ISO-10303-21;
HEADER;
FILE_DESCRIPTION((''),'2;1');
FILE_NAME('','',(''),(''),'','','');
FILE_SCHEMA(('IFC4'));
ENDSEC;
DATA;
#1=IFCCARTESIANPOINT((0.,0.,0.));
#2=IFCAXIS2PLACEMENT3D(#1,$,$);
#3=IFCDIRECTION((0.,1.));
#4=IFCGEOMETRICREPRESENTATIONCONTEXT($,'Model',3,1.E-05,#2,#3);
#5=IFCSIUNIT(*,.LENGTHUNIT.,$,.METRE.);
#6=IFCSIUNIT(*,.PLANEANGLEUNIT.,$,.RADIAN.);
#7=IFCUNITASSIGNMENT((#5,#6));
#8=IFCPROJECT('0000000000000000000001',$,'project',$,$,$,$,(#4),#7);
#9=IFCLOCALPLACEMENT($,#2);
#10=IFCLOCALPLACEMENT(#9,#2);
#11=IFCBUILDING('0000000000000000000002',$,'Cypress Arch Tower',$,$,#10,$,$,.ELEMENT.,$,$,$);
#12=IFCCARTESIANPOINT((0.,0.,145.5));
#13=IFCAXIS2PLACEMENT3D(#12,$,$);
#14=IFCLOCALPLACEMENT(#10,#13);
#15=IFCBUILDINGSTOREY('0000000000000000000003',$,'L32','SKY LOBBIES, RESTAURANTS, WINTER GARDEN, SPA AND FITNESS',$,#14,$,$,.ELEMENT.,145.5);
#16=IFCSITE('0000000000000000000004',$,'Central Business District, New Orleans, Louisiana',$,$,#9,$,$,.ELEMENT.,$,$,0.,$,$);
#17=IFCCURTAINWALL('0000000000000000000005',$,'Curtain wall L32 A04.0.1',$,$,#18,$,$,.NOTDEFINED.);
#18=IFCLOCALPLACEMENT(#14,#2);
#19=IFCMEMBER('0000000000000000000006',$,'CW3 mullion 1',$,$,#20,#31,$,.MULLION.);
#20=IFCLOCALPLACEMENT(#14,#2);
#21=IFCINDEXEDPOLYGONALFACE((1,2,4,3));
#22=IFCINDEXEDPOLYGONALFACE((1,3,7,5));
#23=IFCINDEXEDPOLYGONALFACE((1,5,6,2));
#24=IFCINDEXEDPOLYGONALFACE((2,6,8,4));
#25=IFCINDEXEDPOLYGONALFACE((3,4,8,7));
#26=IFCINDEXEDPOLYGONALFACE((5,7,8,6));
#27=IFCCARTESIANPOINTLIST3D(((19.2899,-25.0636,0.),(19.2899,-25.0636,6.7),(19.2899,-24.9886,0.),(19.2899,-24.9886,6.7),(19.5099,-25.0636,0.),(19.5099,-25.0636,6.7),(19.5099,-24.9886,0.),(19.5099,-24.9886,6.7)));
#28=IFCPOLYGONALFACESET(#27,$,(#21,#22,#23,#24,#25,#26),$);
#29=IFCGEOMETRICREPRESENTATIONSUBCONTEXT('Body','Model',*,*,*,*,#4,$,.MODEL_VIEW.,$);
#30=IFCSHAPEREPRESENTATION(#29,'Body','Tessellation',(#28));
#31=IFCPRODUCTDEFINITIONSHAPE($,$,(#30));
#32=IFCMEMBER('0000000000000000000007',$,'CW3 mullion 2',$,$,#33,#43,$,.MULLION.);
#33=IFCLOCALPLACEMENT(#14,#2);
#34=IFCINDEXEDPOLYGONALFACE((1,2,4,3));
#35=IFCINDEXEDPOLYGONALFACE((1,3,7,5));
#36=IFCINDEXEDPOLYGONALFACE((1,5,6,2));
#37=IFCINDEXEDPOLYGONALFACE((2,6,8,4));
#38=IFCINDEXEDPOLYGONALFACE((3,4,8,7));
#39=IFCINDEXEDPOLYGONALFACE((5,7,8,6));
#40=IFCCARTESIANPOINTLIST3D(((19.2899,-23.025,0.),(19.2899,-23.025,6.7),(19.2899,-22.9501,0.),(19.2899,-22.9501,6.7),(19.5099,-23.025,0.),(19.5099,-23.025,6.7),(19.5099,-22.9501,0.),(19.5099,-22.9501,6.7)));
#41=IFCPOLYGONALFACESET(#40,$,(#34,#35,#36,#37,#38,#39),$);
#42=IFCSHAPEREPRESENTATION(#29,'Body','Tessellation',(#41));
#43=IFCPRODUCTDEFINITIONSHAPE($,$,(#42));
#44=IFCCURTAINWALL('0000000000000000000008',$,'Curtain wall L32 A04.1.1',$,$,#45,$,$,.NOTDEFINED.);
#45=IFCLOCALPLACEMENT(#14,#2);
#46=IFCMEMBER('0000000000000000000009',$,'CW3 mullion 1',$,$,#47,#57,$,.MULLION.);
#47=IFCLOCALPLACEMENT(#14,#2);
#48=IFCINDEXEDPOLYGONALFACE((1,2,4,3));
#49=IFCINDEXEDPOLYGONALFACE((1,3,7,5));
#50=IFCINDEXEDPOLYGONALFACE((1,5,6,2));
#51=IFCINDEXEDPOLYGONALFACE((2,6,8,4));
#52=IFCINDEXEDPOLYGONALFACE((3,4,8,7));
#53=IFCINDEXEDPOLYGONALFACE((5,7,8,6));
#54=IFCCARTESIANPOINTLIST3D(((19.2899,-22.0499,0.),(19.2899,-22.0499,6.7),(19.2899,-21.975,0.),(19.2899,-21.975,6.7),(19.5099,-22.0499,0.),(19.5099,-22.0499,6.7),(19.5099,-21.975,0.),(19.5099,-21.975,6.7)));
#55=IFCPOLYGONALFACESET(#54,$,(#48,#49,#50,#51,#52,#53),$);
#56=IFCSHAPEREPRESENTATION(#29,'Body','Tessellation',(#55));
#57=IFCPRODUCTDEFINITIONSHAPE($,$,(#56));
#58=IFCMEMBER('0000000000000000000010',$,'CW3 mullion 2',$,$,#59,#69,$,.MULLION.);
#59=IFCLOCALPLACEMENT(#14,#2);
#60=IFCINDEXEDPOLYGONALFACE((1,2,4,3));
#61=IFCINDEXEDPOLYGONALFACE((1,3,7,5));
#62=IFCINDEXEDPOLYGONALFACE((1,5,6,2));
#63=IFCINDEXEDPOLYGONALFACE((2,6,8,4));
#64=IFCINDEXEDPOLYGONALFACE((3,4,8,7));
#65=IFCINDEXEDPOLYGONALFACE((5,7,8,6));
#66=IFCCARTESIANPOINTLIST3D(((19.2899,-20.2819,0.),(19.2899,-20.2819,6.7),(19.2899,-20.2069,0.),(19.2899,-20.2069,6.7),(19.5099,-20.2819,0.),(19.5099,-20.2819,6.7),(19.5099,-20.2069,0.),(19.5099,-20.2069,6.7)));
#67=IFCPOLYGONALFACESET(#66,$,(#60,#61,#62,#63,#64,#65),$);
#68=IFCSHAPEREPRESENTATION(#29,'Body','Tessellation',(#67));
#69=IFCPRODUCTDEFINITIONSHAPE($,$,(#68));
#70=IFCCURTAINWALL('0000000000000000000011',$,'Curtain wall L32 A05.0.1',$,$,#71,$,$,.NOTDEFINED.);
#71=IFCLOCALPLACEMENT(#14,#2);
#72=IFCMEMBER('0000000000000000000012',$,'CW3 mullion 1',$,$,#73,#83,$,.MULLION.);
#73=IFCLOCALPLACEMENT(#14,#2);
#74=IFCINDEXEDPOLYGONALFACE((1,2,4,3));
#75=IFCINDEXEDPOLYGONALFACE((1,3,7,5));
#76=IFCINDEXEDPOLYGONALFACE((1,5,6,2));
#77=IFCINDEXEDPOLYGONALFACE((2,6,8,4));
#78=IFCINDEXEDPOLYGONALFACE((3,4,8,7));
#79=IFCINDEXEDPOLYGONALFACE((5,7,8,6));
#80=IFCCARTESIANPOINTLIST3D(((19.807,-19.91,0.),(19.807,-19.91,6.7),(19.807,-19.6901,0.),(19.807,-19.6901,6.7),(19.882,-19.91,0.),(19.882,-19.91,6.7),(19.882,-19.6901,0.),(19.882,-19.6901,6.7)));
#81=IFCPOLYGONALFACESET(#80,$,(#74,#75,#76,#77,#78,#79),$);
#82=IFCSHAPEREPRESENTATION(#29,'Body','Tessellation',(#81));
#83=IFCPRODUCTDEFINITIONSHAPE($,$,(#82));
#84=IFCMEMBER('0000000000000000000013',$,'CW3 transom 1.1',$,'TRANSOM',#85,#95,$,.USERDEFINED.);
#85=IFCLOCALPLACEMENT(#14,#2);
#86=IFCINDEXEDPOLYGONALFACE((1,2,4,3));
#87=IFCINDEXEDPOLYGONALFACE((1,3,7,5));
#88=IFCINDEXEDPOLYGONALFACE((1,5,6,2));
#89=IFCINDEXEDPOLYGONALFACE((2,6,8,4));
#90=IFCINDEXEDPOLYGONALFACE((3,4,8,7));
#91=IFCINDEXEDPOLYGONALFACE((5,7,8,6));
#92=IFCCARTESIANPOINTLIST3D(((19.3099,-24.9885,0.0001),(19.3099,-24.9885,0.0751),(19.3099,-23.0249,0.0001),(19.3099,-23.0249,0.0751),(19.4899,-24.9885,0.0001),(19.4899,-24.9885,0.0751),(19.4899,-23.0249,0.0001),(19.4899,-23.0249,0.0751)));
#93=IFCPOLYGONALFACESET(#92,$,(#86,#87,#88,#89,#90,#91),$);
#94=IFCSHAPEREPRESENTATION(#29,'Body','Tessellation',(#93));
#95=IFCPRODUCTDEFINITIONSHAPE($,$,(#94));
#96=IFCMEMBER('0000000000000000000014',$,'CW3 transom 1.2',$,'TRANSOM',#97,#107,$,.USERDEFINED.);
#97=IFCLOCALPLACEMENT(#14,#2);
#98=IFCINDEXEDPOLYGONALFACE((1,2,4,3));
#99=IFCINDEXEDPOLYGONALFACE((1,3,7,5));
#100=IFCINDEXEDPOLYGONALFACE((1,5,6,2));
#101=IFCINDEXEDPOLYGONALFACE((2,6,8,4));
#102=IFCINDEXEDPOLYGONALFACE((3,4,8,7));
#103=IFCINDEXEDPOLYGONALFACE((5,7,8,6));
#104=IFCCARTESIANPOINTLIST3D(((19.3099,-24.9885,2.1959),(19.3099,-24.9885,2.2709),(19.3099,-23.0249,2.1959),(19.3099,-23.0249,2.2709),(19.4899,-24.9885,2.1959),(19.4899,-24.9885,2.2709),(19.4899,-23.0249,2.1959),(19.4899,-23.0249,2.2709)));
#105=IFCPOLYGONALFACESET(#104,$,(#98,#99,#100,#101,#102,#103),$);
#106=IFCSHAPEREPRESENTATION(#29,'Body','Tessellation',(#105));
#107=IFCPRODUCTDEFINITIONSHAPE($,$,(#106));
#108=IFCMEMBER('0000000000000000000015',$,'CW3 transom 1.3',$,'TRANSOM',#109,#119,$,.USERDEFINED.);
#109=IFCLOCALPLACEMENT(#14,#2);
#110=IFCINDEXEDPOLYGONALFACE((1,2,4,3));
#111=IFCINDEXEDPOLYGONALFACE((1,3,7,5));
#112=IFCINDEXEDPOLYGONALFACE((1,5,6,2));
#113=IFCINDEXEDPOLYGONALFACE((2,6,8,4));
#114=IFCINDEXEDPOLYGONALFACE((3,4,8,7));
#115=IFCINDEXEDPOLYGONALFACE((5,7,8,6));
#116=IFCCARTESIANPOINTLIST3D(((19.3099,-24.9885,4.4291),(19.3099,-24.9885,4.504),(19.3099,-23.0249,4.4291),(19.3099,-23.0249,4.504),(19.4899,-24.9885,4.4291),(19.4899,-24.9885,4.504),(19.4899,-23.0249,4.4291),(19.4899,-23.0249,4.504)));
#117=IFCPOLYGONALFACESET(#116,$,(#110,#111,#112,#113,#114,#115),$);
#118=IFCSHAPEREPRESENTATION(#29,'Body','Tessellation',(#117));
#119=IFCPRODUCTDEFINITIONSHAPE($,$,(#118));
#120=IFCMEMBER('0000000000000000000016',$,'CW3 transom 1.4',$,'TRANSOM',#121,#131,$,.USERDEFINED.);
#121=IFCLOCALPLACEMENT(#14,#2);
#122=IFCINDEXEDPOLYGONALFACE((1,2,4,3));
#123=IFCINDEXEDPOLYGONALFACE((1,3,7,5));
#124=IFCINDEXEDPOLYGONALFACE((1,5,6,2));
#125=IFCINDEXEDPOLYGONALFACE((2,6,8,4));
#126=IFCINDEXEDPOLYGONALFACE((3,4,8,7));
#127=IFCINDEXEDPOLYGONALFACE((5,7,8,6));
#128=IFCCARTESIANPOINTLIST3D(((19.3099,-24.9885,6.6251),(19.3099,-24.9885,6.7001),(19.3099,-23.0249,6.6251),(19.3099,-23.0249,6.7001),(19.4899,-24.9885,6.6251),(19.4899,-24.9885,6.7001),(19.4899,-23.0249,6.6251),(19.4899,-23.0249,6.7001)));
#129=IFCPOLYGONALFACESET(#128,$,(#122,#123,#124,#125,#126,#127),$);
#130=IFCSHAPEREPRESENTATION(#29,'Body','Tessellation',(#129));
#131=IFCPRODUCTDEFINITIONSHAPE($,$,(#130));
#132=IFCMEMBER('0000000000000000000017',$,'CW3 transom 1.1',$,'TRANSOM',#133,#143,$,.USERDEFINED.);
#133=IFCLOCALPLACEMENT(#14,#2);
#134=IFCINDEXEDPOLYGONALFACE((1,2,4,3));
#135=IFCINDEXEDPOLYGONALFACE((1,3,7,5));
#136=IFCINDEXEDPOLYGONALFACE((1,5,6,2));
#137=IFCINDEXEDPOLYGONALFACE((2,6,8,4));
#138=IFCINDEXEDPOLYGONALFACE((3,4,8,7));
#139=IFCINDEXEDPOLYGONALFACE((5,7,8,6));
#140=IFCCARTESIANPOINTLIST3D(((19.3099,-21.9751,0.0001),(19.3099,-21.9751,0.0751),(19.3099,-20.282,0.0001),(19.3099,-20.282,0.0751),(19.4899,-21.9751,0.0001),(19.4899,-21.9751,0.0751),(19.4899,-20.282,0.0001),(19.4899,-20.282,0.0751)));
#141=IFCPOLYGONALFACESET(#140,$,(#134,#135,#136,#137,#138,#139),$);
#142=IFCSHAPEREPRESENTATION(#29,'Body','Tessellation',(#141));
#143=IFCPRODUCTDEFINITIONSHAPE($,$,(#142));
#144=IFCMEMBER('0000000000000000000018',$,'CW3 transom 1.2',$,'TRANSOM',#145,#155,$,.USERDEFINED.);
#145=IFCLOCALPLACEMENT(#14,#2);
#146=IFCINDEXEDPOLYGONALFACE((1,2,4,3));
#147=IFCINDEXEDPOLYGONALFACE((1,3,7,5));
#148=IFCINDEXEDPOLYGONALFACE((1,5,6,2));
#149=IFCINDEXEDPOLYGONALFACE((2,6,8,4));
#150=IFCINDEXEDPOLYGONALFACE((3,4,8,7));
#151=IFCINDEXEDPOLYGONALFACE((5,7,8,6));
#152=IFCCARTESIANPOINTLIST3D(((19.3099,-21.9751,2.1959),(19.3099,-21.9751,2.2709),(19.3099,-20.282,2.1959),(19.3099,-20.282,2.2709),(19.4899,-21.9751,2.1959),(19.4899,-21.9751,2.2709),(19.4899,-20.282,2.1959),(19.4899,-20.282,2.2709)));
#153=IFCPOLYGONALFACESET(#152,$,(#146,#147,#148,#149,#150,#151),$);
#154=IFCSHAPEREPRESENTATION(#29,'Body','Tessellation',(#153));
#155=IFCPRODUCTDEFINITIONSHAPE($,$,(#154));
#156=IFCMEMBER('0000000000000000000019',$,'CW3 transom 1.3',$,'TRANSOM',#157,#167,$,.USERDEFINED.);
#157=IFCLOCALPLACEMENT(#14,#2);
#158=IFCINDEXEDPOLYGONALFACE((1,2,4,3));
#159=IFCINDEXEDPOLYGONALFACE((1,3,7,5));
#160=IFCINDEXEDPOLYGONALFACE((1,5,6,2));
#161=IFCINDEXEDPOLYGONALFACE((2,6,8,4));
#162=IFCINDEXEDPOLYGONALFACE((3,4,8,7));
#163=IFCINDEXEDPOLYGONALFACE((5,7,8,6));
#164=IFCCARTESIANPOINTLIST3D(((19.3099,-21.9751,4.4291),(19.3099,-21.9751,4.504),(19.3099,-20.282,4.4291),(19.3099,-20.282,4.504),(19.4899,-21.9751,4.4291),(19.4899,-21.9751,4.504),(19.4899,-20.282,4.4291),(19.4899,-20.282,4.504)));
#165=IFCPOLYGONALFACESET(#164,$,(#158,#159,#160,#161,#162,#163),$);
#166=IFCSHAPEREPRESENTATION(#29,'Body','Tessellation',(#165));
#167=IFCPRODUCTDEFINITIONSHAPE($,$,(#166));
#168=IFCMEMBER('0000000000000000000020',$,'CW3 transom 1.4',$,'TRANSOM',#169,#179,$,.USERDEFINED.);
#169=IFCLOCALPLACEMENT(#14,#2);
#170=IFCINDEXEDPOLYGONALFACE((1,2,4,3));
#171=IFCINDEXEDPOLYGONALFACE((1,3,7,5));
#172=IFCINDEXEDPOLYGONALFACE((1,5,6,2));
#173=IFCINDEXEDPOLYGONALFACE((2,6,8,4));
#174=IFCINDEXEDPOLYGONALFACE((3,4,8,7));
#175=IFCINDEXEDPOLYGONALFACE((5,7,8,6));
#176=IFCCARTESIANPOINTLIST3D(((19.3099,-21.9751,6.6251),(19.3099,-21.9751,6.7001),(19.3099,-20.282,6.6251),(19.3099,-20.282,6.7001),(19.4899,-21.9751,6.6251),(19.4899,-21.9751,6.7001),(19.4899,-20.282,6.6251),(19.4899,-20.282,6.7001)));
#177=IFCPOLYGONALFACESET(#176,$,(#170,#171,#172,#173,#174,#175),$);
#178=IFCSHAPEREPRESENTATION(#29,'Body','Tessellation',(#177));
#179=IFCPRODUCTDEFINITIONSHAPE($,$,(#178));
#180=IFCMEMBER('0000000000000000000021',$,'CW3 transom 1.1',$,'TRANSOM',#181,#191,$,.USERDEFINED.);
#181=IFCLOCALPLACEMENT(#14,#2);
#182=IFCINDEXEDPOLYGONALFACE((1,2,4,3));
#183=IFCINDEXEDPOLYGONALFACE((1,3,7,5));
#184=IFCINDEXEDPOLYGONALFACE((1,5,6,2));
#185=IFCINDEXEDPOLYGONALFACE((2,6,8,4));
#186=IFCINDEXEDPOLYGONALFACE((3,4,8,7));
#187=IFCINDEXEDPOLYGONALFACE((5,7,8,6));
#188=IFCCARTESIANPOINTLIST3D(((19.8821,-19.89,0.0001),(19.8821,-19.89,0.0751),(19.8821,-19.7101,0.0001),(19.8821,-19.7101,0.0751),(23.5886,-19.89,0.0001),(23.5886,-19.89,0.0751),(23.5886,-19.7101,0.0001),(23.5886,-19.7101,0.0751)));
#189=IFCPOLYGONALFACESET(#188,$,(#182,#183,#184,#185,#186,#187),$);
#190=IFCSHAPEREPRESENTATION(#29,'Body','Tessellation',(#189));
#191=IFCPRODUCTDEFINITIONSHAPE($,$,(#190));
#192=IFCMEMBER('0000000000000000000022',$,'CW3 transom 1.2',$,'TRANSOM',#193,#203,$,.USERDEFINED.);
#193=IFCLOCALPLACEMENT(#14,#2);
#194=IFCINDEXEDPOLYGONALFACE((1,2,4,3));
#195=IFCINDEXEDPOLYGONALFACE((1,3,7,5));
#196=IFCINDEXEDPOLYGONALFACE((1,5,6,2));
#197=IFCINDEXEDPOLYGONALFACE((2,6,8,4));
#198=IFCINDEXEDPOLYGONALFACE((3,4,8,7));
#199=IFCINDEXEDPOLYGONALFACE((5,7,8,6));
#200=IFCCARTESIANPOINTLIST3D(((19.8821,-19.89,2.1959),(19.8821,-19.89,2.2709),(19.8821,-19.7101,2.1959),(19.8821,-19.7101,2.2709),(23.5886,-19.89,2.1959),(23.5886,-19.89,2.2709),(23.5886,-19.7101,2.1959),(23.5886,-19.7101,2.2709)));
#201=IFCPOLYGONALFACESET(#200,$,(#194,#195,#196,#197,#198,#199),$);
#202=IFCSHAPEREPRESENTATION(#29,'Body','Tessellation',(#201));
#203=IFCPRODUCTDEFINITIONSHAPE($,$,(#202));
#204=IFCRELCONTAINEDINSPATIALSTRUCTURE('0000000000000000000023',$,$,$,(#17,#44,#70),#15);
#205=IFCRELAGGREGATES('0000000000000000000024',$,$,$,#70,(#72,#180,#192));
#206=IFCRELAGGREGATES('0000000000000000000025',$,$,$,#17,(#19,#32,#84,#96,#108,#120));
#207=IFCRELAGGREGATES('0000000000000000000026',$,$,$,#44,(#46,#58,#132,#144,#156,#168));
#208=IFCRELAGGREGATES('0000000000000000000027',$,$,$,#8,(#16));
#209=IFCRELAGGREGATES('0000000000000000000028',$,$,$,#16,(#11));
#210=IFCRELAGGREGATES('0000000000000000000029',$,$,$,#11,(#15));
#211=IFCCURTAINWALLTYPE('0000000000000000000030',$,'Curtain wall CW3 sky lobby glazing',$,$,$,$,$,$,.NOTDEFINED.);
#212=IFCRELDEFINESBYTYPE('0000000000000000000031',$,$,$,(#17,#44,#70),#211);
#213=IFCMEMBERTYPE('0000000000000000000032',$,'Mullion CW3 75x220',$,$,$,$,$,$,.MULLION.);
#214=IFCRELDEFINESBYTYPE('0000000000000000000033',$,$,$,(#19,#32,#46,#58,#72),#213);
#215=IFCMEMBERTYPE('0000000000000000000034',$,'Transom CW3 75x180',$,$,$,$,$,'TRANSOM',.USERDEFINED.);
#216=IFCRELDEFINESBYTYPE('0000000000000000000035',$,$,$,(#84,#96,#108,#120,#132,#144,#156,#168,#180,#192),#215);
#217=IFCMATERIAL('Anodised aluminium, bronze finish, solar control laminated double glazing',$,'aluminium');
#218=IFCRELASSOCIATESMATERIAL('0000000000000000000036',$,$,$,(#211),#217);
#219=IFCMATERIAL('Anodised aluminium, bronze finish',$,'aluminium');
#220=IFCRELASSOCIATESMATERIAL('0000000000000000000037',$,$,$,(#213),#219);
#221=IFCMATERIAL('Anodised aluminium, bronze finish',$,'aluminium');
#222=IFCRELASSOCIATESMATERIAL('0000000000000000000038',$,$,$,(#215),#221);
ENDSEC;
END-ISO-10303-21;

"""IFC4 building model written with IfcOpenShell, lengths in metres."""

from ifc_helpers import new_model, si_unit, direction, frame, origin, origin_2d, place, context, subcontext, project, spatial, rectangle, extrude, material, material_profile, profile_set, type_object, element, aggregate, save


model = new_model("IFC4")

# Units and contexts
model_context = context("Model", 3, precision=1e-05, world=origin(), true_north=direction((0.0, 1.0)))
body_context = subcontext(model_context, "Body", "Model", "MODEL_VIEW")
ifc_project = project(units=[si_unit("LENGTHUNIT", "METRE"), si_unit("PLANEANGLEUNIT", "RADIAN")], contexts=[model_context])

# Site, building, storey
site_placement = place(None, origin())
site = spatial("IfcSite", under=ifc_project, at=site_placement, Name="Central Business District, New Orleans, Louisiana", CompositionType="ELEMENT", RefElevation=0.0)
building_placement = place(site_placement, origin())
building = spatial("IfcBuilding", under=site, at=building_placement, Name="Cypress Arch Tower", CompositionType="ELEMENT")
storey_placement = place(building_placement, frame((0.0, 0.0, 145.5)))
storey = spatial("IfcBuildingStorey", under=building, at=storey_placement, Name="L32", Description="SKY LOBBIES, RESTAURANTS, WINTER GARDEN, SPA AND FITNESS", CompositionType="ELEMENT", Elevation=145.5)

# Curtain walls, members
ifc_material_1 = material(Name="Anodised aluminium, bronze finish, solar control laminated double glazing", Category="aluminium")
curtain_wall_type = type_object("IfcCurtainWallType", Name="Curtain wall CW3 sky lobby glazing", PredefinedType="NOTDEFINED", material=ifc_material_1)
curtain_wall_1_placement = place(storey_placement, origin())
curtain_wall_1 = element("IfcCurtainWall", 1, at=curtain_wall_1_placement, inside=storey, type_object=curtain_wall_type, Name="Curtain wall L32 A04.0.1", PredefinedType="NOTDEFINED")
ifc_material_2 = material(Name="Anodised aluminium, bronze finish", Category="aluminium")
ifc_material_profile_1 = material_profile(ifc_material_2, rectangle(XDim=0.22, YDim=0.075, at=origin_2d()), Name="Mullion 75x220")
ifc_profile_set_1 = profile_set([ifc_material_profile_1], Name="Anodised aluminium, bronze finish")
member_type_1 = type_object("IfcMemberType", Name="Mullion CW3 75x220", PredefinedType="MULLION", material=ifc_profile_set_1)
member_1_placement = place(storey_placement, frame((19.3999, -25.0261, 0.0), z_axis=(0.0, 0.0, 1.0), x_axis=(-1.0, 0.0, 0.0)))
member_1 = element("IfcMember", 2, at=member_1_placement, type_object=member_type_1, Name="CW3 mullion 1", PredefinedType="MULLION", context=body_context, shape_type="SweptSolid", body=[
    extrude(rectangle(XDim=0.22, YDim=0.075, at=origin_2d()), origin(), (0.0, 0.0, 1.0), 6.7),
])
member_2_placement = place(storey_placement, frame((19.3999, -22.9875, 0.0), z_axis=(0.0, 0.0, 1.0), x_axis=(-1.0, 0.0, 0.0)))
member_2 = element("IfcMember", 3, at=member_2_placement, type_object=member_type_1, Name="CW3 mullion 2", PredefinedType="MULLION", context=body_context, shape_type="SweptSolid", body=[
    extrude(rectangle(XDim=0.22, YDim=0.075, at=origin_2d()), origin(), (0.0, 0.0, 1.0), 6.7),
])
curtain_wall_2_placement = place(storey_placement, origin())
curtain_wall_2 = element("IfcCurtainWall", 4, at=curtain_wall_2_placement, inside=storey, type_object=curtain_wall_type, Name="Curtain wall L32 A04.1.1", PredefinedType="NOTDEFINED")
member_3_placement = place(storey_placement, frame((19.3999, -22.0125, 0.0), z_axis=(0.0, 0.0, 1.0), x_axis=(-1.0, 0.0, 0.0)))
member_3 = element("IfcMember", 5, at=member_3_placement, type_object=member_type_1, Name="CW3 mullion 1", PredefinedType="MULLION", context=body_context, shape_type="SweptSolid", body=[
    extrude(rectangle(XDim=0.22, YDim=0.075, at=origin_2d()), origin(), (0.0, 0.0, 1.0), 6.7),
])
member_4_placement = place(storey_placement, frame((19.3999, -20.2444, 0.0), z_axis=(0.0, 0.0, 1.0), x_axis=(-1.0, 0.0, 0.0)))
member_4 = element("IfcMember", 6, at=member_4_placement, type_object=member_type_1, Name="CW3 mullion 2", PredefinedType="MULLION", context=body_context, shape_type="SweptSolid", body=[
    extrude(rectangle(XDim=0.22, YDim=0.075, at=origin_2d()), origin(), (0.0, 0.0, 1.0), 6.7),
])

# Curtain wall, member
curtain_wall_3_placement = place(storey_placement, origin())
curtain_wall_3 = element("IfcCurtainWall", 7, at=curtain_wall_3_placement, inside=storey, type_object=curtain_wall_type, Name="Curtain wall L32 A05.0.1", PredefinedType="NOTDEFINED")
member_5_placement = place(storey_placement, frame((19.8445, -19.8, 0.0), z_axis=(0.0, 0.0, 1.0), x_axis=(0.0, 1.0, 0.0)))
member_5 = element("IfcMember", 8, at=member_5_placement, type_object=member_type_1, Name="CW3 mullion 1", PredefinedType="MULLION", context=body_context, shape_type="SweptSolid", body=[
    extrude(rectangle(XDim=0.22, YDim=0.075, at=origin_2d()), origin(), (0.0, 0.0, 1.0), 6.7),
])

# Members
ifc_material_3 = material(Name="Anodised aluminium, bronze finish", Category="aluminium")
ifc_material_profile_2 = material_profile(ifc_material_3, rectangle(XDim=0.1799, YDim=0.075, at=origin_2d()), Name="Transom 75x180")
ifc_profile_set_2 = profile_set([ifc_material_profile_2], Name="Anodised aluminium, bronze finish")
member_type_2 = type_object("IfcMemberType", Name="Transom CW3 75x180", ElementType="TRANSOM", PredefinedType="USERDEFINED", material=ifc_profile_set_2)
member_6_placement = place(storey_placement, frame((19.3999, -24.9885, 0.0376), z_axis=(0.0, 1.0, 0.0), x_axis=(-1.0, 0.0, 0.0)))
member_6 = element("IfcMember", 9, at=member_6_placement, type_object=member_type_2, Name="CW3 transom 1.1", ObjectType="TRANSOM", PredefinedType="USERDEFINED", context=body_context, shape_type="SweptSolid", body=[
    extrude(rectangle(XDim=0.1799, YDim=0.075, at=origin_2d()), origin(), (0.0, 0.0, 1.0), 1.9636),
])
member_7_placement = place(storey_placement, frame((19.3999, -24.9885, 2.2334), z_axis=(0.0, 1.0, 0.0), x_axis=(-1.0, 0.0, 0.0)))
member_7 = element("IfcMember", 10, at=member_7_placement, type_object=member_type_2, Name="CW3 transom 1.2", ObjectType="TRANSOM", PredefinedType="USERDEFINED", context=body_context, shape_type="SweptSolid", body=[
    extrude(rectangle(XDim=0.1799, YDim=0.075, at=origin_2d()), origin(), (0.0, 0.0, 1.0), 1.9636),
])
member_8_placement = place(storey_placement, frame((19.3999, -24.9885, 4.4666), z_axis=(0.0, 1.0, 0.0), x_axis=(-1.0, 0.0, 0.0)))
member_8 = element("IfcMember", 11, at=member_8_placement, type_object=member_type_2, Name="CW3 transom 1.3", ObjectType="TRANSOM", PredefinedType="USERDEFINED", context=body_context, shape_type="SweptSolid", body=[
    extrude(rectangle(XDim=0.1799, YDim=0.075, at=origin_2d()), origin(), (0.0, 0.0, 1.0), 1.9636),
])
member_9_placement = place(storey_placement, frame((19.3999, -24.9885, 6.6626), z_axis=(0.0, 1.0, 0.0), x_axis=(-1.0, 0.0, 0.0)))
member_9 = element("IfcMember", 12, at=member_9_placement, type_object=member_type_2, Name="CW3 transom 1.4", ObjectType="TRANSOM", PredefinedType="USERDEFINED", context=body_context, shape_type="SweptSolid", body=[
    extrude(rectangle(XDim=0.1799, YDim=0.075, at=origin_2d()), origin(), (0.0, 0.0, 1.0), 1.9636),
])
member_10_placement = place(storey_placement, frame((19.3999, -21.9751, 0.0376), z_axis=(0.0, 1.0, 0.0), x_axis=(-1.0, 0.0, 0.0)))
member_10 = element("IfcMember", 13, at=member_10_placement, type_object=member_type_2, Name="CW3 transom 1.1", ObjectType="TRANSOM", PredefinedType="USERDEFINED", context=body_context, shape_type="SweptSolid", body=[
    extrude(rectangle(XDim=0.1799, YDim=0.075, at=origin_2d()), origin(), (0.0, 0.0, 1.0), 1.6931),
])
member_11_placement = place(storey_placement, frame((19.3999, -21.9751, 2.2334), z_axis=(0.0, 1.0, 0.0), x_axis=(-1.0, 0.0, 0.0)))
member_11 = element("IfcMember", 14, at=member_11_placement, type_object=member_type_2, Name="CW3 transom 1.2", ObjectType="TRANSOM", PredefinedType="USERDEFINED", context=body_context, shape_type="SweptSolid", body=[
    extrude(rectangle(XDim=0.1799, YDim=0.075, at=origin_2d()), origin(), (0.0, 0.0, 1.0), 1.6931),
])
member_12_placement = place(storey_placement, frame((19.3999, -21.9751, 4.4666), z_axis=(0.0, 1.0, 0.0), x_axis=(-1.0, 0.0, 0.0)))
member_12 = element("IfcMember", 15, at=member_12_placement, type_object=member_type_2, Name="CW3 transom 1.3", ObjectType="TRANSOM", PredefinedType="USERDEFINED", context=body_context, shape_type="SweptSolid", body=[
    extrude(rectangle(XDim=0.1799, YDim=0.075, at=origin_2d()), origin(), (0.0, 0.0, 1.0), 1.6931),
])
member_13_placement = place(storey_placement, frame((19.3999, -21.9751, 6.6626), z_axis=(0.0, 1.0, 0.0), x_axis=(-1.0, 0.0, 0.0)))
member_13 = element("IfcMember", 16, at=member_13_placement, type_object=member_type_2, Name="CW3 transom 1.4", ObjectType="TRANSOM", PredefinedType="USERDEFINED", context=body_context, shape_type="SweptSolid", body=[
    extrude(rectangle(XDim=0.1799, YDim=0.075, at=origin_2d()), origin(), (0.0, 0.0, 1.0), 1.6931),
])
member_14_placement = place(storey_placement, frame((19.8821, -19.8, 0.0376), z_axis=(1.0, 0.0, 0.0), x_axis=(0.0, 1.0, 0.0)))
member_14 = element("IfcMember", 17, at=member_14_placement, type_object=member_type_2, Name="CW3 transom 1.1", ObjectType="TRANSOM", PredefinedType="USERDEFINED", context=body_context, shape_type="SweptSolid", body=[
    extrude(rectangle(XDim=0.1799, YDim=0.075, at=origin_2d()), origin(), (0.0, 0.0, 1.0), 3.7065),
])
member_15_placement = place(storey_placement, frame((19.8821, -19.8, 2.2334), z_axis=(1.0, 0.0, 0.0), x_axis=(0.0, 1.0, 0.0)))
member_15 = element("IfcMember", 18, at=member_15_placement, type_object=member_type_2, Name="CW3 transom 1.2", ObjectType="TRANSOM", PredefinedType="USERDEFINED", context=body_context, shape_type="SweptSolid", body=[
    extrude(rectangle(XDim=0.1799, YDim=0.075, at=origin_2d()), origin(), (0.0, 0.0, 1.0), 3.7065),
])
aggregate(curtain_wall_3, [member_5, member_14, member_15])

aggregate(curtain_wall_1, [member_1, member_2, member_6, member_7, member_8, member_9])
aggregate(curtain_wall_2, [member_3, member_4, member_10, member_11, member_12, member_13])

save(model, "model.ifc")
